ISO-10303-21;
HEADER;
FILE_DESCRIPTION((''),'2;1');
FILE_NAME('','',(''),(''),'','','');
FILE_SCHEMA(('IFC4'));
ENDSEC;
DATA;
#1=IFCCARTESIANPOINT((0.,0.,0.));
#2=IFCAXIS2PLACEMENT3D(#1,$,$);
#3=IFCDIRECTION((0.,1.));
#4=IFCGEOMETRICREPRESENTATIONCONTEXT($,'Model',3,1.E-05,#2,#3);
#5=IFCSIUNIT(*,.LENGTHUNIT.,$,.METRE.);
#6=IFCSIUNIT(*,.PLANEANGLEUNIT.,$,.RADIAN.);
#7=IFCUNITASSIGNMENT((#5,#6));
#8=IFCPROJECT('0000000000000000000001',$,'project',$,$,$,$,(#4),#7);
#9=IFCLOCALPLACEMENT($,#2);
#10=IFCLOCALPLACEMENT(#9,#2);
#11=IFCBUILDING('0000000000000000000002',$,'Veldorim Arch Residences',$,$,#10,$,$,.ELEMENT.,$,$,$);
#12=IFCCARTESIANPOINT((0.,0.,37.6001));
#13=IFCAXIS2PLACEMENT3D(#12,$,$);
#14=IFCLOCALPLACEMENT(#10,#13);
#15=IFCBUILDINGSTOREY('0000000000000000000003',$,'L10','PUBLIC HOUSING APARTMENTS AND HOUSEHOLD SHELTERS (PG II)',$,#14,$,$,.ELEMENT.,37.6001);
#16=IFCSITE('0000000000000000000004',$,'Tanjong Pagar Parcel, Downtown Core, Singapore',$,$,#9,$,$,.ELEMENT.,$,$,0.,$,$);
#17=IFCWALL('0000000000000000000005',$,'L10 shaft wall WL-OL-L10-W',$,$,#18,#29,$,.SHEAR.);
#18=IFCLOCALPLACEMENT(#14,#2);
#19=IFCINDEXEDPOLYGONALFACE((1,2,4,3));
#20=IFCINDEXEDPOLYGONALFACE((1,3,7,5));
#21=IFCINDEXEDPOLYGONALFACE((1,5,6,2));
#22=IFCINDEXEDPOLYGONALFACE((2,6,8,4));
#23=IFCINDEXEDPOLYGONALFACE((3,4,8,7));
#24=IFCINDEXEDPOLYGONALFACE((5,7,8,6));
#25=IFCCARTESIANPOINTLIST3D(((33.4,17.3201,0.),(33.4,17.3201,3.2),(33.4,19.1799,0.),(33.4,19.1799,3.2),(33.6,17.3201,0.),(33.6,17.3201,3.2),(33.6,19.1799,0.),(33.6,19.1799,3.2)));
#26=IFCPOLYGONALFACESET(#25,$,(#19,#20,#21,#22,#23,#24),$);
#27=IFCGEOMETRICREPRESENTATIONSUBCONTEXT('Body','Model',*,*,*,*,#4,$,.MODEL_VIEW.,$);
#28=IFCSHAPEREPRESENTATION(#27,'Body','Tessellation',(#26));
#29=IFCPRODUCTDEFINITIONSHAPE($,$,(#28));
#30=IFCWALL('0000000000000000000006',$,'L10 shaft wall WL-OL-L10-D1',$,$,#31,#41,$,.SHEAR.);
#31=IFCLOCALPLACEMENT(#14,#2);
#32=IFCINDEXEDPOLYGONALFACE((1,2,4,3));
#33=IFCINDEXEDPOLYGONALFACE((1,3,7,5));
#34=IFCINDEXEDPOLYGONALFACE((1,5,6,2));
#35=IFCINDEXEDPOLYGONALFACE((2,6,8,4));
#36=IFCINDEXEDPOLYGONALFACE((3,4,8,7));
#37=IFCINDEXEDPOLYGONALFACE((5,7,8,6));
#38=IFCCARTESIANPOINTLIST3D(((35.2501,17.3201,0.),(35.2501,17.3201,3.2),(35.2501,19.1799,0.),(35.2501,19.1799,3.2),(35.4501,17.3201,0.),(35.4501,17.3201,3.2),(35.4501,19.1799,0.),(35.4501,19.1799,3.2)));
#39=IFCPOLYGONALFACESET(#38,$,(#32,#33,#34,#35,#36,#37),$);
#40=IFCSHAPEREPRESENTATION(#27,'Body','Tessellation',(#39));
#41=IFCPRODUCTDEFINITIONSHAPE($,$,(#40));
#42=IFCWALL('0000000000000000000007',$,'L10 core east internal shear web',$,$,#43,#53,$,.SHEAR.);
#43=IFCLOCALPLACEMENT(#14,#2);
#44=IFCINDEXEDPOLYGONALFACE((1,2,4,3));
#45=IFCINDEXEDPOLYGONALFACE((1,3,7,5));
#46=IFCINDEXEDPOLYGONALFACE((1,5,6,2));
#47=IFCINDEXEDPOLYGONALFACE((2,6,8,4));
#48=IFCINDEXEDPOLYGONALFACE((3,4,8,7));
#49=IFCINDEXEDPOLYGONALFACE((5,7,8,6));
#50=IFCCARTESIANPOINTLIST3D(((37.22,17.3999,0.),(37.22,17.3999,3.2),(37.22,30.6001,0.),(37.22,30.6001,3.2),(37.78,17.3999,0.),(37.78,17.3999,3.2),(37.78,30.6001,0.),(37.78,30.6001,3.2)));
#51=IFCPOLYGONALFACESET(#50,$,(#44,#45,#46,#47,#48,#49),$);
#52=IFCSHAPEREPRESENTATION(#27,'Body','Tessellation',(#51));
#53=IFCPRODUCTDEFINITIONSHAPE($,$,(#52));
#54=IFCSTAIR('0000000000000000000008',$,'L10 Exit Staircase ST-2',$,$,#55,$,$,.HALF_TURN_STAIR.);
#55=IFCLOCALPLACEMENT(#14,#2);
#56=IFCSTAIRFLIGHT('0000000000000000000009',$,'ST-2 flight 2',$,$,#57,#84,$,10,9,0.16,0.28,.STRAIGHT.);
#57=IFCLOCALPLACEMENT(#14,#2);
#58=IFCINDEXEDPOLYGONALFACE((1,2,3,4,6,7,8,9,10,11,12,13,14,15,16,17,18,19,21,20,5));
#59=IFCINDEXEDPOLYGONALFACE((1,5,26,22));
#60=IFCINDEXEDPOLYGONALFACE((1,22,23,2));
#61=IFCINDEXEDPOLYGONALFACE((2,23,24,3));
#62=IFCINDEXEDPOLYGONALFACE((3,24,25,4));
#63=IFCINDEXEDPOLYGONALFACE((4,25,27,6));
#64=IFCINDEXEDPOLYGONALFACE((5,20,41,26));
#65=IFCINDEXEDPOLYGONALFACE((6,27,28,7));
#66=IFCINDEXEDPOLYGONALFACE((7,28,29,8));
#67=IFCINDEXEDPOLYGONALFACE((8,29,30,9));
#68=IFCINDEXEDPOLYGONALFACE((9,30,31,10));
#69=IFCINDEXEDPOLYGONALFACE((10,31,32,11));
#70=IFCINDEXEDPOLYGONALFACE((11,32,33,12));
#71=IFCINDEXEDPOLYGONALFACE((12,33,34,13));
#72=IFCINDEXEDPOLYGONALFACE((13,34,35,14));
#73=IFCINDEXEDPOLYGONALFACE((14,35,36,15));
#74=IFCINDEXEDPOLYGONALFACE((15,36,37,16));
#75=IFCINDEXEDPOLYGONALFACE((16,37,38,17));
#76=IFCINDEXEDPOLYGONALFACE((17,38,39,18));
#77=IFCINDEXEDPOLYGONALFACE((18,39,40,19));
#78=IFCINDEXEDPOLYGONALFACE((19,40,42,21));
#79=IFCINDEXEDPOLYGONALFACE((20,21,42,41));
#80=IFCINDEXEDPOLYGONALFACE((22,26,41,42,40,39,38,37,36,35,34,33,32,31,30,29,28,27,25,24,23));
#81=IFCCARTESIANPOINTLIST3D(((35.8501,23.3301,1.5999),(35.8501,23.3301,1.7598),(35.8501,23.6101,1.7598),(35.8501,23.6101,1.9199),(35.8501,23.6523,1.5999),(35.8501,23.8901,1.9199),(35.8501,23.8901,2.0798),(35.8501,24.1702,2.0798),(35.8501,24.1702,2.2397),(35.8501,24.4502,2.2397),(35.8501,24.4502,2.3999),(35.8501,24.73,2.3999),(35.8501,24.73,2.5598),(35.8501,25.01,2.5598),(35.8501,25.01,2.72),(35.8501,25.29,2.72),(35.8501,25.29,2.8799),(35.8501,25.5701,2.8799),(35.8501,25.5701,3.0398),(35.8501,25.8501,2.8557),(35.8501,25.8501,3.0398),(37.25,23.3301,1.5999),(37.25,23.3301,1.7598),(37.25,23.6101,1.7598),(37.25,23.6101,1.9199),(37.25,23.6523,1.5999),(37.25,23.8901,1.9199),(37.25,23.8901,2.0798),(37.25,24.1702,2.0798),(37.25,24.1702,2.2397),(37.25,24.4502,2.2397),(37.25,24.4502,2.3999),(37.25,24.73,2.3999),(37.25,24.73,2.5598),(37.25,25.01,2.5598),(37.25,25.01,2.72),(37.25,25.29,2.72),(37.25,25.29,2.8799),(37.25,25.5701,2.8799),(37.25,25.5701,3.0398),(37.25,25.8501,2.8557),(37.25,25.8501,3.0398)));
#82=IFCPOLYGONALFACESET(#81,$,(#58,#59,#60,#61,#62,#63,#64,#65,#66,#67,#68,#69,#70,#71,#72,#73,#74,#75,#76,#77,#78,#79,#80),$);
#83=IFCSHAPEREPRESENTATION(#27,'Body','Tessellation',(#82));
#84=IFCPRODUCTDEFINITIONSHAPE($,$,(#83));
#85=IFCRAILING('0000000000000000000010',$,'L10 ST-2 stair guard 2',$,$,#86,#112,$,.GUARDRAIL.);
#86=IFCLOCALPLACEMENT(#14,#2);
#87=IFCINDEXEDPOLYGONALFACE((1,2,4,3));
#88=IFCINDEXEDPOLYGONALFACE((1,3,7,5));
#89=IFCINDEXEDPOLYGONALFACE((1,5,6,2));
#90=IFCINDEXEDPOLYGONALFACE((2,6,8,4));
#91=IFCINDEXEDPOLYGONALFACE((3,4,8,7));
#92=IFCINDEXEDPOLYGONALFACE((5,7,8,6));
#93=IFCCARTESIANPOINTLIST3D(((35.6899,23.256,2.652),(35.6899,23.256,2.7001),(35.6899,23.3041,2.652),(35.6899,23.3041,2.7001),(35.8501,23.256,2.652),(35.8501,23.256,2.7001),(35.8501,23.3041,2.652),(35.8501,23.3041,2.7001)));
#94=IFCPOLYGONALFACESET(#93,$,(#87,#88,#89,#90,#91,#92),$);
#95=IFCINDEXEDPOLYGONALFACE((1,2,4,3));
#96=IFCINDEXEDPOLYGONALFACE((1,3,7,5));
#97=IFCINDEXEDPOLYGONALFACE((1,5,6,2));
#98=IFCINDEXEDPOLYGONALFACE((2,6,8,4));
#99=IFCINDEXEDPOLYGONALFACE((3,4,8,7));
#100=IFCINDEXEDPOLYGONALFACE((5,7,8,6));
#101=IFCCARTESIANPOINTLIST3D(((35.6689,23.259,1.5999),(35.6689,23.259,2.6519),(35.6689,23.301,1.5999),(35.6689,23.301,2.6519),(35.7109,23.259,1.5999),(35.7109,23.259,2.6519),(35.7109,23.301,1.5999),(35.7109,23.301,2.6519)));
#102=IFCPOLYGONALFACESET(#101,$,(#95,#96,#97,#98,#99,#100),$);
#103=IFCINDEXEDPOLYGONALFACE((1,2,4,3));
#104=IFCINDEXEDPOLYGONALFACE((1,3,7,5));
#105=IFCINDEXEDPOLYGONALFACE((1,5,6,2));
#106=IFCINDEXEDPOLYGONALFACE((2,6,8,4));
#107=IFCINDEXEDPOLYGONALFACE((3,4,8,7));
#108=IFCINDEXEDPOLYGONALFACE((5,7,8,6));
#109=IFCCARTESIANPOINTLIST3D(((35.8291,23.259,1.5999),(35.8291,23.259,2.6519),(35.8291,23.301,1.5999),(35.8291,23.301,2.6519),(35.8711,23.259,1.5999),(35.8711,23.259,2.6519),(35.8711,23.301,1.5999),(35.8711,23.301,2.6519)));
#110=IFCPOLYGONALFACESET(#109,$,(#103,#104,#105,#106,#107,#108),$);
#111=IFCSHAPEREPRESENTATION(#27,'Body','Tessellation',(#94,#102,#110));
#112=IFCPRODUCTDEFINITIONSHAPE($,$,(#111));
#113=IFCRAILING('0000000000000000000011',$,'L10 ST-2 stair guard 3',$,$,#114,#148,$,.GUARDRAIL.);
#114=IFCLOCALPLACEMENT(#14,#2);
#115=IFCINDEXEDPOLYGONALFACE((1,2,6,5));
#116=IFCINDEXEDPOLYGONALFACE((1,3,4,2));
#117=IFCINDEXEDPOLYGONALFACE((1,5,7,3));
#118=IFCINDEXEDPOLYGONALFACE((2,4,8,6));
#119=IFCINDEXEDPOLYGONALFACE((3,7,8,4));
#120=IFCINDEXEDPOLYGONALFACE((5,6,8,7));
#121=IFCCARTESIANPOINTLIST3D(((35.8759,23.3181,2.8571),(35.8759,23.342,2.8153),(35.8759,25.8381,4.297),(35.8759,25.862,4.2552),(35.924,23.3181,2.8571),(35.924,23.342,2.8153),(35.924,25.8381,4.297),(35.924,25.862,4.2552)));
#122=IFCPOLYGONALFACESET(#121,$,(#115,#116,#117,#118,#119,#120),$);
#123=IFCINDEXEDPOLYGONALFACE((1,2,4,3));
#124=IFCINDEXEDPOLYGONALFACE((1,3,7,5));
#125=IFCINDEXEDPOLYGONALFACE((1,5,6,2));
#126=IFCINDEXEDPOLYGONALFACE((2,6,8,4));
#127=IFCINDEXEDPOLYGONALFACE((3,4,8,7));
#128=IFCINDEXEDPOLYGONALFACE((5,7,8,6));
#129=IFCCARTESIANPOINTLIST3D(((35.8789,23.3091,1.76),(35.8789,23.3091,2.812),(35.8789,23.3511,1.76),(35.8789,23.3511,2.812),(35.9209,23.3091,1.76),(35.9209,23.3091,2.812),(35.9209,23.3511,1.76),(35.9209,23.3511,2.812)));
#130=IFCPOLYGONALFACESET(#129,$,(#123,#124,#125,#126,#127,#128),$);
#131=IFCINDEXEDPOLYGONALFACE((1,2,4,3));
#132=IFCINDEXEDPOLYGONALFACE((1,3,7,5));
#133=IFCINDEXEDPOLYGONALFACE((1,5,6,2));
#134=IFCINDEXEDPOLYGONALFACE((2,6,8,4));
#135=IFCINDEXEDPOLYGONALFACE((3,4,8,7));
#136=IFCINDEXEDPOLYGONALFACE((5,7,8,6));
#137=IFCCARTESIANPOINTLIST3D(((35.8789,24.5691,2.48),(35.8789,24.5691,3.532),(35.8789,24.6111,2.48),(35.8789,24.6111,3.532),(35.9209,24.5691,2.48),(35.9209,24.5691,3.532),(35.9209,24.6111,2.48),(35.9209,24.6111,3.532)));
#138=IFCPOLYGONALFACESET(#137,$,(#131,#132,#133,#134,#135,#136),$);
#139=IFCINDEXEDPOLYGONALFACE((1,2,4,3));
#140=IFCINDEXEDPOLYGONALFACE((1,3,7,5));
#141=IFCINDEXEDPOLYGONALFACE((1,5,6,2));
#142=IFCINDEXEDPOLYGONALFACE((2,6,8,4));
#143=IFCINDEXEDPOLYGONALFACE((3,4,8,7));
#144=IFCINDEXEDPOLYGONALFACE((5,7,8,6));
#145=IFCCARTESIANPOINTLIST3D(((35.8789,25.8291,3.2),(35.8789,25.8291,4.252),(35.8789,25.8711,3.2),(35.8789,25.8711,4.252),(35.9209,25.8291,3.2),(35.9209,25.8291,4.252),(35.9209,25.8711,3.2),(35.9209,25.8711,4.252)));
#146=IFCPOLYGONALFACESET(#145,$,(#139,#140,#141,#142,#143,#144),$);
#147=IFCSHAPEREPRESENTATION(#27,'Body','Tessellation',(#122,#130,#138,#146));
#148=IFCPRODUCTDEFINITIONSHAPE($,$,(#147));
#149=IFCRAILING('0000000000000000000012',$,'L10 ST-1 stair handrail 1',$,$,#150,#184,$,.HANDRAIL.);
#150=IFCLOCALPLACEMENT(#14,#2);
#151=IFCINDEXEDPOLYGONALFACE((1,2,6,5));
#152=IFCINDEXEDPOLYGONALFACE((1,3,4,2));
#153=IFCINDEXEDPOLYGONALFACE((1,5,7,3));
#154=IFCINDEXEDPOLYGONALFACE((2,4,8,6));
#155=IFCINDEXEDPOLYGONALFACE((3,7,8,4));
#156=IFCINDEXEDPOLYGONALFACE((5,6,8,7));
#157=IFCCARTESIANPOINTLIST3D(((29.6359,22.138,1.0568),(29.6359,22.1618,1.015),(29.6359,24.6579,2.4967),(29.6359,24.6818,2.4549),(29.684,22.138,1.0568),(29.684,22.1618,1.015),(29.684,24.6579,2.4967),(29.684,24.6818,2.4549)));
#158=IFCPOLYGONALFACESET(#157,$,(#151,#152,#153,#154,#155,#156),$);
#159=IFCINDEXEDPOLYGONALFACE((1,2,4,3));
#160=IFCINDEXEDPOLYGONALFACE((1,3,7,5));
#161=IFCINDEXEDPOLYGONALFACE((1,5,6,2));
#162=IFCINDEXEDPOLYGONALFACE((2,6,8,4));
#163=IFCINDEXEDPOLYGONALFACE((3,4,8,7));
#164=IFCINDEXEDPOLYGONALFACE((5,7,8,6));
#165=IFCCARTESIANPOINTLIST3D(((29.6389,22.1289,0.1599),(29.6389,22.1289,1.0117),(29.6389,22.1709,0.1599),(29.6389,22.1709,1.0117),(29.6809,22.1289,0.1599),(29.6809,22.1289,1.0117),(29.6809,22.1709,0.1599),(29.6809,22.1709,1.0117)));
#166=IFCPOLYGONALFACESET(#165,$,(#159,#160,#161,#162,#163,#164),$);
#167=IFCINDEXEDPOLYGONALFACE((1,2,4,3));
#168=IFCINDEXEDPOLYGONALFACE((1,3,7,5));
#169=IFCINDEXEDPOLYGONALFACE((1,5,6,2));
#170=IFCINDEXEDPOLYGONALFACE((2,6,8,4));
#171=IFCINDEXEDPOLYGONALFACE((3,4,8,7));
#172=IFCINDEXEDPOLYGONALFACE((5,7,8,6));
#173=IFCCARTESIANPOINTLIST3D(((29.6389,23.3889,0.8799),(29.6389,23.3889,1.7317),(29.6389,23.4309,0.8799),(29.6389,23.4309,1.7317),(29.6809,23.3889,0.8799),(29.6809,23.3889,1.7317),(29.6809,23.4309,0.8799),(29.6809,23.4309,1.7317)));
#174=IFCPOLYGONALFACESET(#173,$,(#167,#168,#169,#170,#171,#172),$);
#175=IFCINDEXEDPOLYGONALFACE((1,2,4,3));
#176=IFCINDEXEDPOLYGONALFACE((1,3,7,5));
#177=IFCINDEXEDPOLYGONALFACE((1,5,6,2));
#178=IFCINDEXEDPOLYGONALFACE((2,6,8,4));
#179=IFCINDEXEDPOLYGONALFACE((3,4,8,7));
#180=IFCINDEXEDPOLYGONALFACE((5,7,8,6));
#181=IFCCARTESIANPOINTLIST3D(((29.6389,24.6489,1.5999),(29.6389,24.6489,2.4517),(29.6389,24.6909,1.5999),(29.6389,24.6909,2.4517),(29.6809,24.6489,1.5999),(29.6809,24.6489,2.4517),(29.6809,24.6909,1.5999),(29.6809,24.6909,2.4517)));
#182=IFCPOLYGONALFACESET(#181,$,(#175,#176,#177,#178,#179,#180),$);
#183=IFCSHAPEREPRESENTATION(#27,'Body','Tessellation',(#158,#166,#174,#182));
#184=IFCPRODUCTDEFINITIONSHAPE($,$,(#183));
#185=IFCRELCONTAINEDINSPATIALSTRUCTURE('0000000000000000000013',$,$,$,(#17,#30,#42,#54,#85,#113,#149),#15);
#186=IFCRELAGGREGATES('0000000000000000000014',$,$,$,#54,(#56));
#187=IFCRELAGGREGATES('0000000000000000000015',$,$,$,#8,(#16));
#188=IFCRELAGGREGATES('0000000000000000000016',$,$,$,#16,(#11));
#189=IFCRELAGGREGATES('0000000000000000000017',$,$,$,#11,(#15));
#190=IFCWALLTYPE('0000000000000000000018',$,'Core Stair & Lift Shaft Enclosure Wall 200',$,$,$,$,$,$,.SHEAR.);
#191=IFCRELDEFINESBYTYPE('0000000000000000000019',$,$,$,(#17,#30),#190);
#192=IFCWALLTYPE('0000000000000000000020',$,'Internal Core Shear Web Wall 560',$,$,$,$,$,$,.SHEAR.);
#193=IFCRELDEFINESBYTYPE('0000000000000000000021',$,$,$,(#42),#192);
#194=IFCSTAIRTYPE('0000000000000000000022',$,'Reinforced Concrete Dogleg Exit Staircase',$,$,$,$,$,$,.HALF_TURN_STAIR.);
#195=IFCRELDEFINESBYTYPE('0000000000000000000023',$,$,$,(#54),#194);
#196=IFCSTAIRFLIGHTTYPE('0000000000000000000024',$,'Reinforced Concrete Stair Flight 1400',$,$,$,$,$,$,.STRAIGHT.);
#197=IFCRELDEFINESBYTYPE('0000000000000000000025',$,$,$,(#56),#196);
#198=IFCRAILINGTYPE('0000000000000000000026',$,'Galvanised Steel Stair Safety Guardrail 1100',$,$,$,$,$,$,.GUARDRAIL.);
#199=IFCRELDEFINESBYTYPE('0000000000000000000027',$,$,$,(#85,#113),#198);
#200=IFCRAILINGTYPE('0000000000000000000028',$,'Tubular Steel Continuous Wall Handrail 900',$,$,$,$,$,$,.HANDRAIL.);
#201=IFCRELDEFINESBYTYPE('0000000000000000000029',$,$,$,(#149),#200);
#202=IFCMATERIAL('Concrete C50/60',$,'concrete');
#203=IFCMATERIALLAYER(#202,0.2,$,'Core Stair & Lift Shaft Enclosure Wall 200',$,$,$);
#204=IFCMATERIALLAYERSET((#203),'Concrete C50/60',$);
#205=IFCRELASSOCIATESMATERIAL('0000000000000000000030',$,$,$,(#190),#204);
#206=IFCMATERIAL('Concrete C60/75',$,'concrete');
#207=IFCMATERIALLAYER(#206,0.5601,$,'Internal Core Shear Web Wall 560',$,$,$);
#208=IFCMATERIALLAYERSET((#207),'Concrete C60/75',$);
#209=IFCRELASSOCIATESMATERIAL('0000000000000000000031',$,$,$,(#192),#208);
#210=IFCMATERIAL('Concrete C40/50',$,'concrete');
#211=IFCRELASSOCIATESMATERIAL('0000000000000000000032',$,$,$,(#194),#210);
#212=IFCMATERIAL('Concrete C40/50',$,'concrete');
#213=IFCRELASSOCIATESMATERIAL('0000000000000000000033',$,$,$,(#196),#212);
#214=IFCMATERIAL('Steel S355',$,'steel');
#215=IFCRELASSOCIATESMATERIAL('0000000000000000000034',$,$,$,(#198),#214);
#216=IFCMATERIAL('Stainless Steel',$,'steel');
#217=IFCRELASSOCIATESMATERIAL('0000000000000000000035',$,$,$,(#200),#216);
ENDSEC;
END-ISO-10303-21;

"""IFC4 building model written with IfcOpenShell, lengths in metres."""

from ifc_helpers import new_model, si_unit, direction, frame, frame_2d, origin, origin_2d, place, context, subcontext, project, spatial, polyline, rectangle, outline, extrude, material, layer, layer_set, type_object, element, aggregate, save


model = new_model("IFC4")

# Units and contexts
model_context = context("Model", 3, precision=1e-05, world=origin(), true_north=direction((0.0, 1.0)))
body_context = subcontext(model_context, "Body", "Model", "MODEL_VIEW")
ifc_project = project(units=[si_unit("LENGTHUNIT", "METRE"), si_unit("PLANEANGLEUNIT", "RADIAN")], contexts=[model_context])

# Site, building, storey
site_placement = place(None, origin())
site = spatial("IfcSite", under=ifc_project, at=site_placement, Name="Tanjong Pagar Parcel, Downtown Core, Singapore", CompositionType="ELEMENT", RefElevation=0.0)
building_placement = place(site_placement, origin())
building = spatial("IfcBuilding", under=site, at=building_placement, Name="Veldorim Arch Residences", CompositionType="ELEMENT")
storey_placement = place(building_placement, frame((0.0, 0.0, 37.6001)))
storey = spatial("IfcBuildingStorey", under=building, at=storey_placement, Name="L10", Description="PUBLIC HOUSING APARTMENTS AND HOUSEHOLD SHELTERS (PG II)", CompositionType="ELEMENT", Elevation=37.6001)

# Shared definitions
ifc_material_1 = material(Name="Concrete C50/60", Category="concrete")
ifc_layer_1 = layer(ifc_material_1, 0.2, Name="Core Stair & Lift Shaft Enclosure Wall 200")
ifc_layer_set_1 = layer_set([ifc_layer_1], Name="Concrete C50/60")
wall_type_1 = type_object("IfcWallType", Name="Core Stair & Lift Shaft Enclosure Wall 200", PredefinedType="SHEAR", material=ifc_layer_set_1)

# Walls
for number, where, z_axis, x_axis, name in (
    (1, (33.5, 17.3201, 0.0), (0.0, 0.0, 1.0), (0.0, 1.0, 0.0), "L10 shaft wall WL-OL-L10-W"),
    (2, (35.3501, 17.3201, 0.0), (0.0, 0.0, 1.0), (0.0, 1.0, 0.0), "L10 shaft wall WL-OL-L10-D1"),
):
    element("IfcWall", number, at=place(storey_placement, frame(where, z_axis=z_axis, x_axis=x_axis)), inside=storey, type_object=wall_type_1, Name=name, PredefinedType="SHEAR", context=body_context, shape_type="SweptSolid", body=[
        extrude(rectangle(XDim=1.8599, YDim=0.2, at=frame_2d((0.9299, 0.0))), origin(), (0.0, 0.0, 1.0), 3.2),
    ])
ifc_material_2 = material(Name="Concrete C60/75", Category="concrete")
ifc_layer_2 = layer(ifc_material_2, 0.5601, Name="Internal Core Shear Web Wall 560")
ifc_layer_set_2 = layer_set([ifc_layer_2], Name="Concrete C60/75")
wall_type_2 = type_object("IfcWallType", Name="Internal Core Shear Web Wall 560", PredefinedType="SHEAR", material=ifc_layer_set_2)
wall_1_placement = place(storey_placement, frame((37.5, 17.3999, 0.0), z_axis=(0.0, 0.0, 1.0), x_axis=(0.0, 1.0, 0.0)))
element("IfcWall", 3, at=wall_1_placement, inside=storey, type_object=wall_type_2, Name="L10 core east internal shear web", PredefinedType="SHEAR", context=body_context, shape_type="SweptSolid", body=[
    extrude(rectangle(XDim=13.2002, YDim=0.5601, at=frame_2d((6.6001, 0.0))), origin(), (0.0, 0.0, 1.0), 3.2),
])

# Stair, stair flight
ifc_material_3 = material(Name="Concrete C40/50", Category="concrete")
stair_type = type_object("IfcStairType", Name="Reinforced Concrete Dogleg Exit Staircase", PredefinedType="HALF_TURN_STAIR", material=ifc_material_3)
stair_placement = place(storey_placement, origin())
stair = element("IfcStair", 4, at=stair_placement, inside=storey, type_object=stair_type, Name="L10 Exit Staircase ST-2", PredefinedType="HALF_TURN_STAIR")
ifc_material_4 = material(Name="Concrete C40/50", Category="concrete")
stair_flight_type = type_object("IfcStairFlightType", Name="Reinforced Concrete Stair Flight 1400", PredefinedType="STRAIGHT", material=ifc_material_4)
stair_flight_placement = place(storey_placement, frame((36.55, 23.3301, 1.5999), z_axis=(0.0, 0.0, 1.0), x_axis=(0.0, 1.0, 0.0)))
stair_flight = element("IfcStairFlight", 5, at=stair_flight_placement, type_object=stair_flight_type, Name="ST-2 flight 2", NumberOfRisers=10, NumberOfTreads=9, PredefinedType="STRAIGHT", RiserHeight=0.16, TreadLength=0.28, context=body_context, shape_type="SweptSolid", body=[
    extrude(outline(polyline([(0.0, 0.0), (0.0, 0.1599), (0.28, 0.1599), (0.28, 0.3201), (0.5601, 0.3201), (0.5601, 0.48), (0.8401, 0.48), (0.8401, 0.6399), (1.1201, 0.6399), (1.1201, 0.8), (1.3999, 0.8), (1.3999, 0.96), (1.6799, 0.96), (1.6799, 1.1201), (1.96, 1.1201), (1.96, 1.28), (2.24, 1.28), (2.24, 1.4399), (2.52, 1.4399), (2.52, 1.6001), (2.52, 1.2559), (0.3223, 0.0), (0.0, 0.0)])), frame((0.0, 0.7, 0.0), z_axis=(0.0, -1.0, 0.0), x_axis=(1.0, 0.0, 0.0)), (0.0, 0.0, 1.0), 1.3999),
])
aggregate(stair, [stair_flight])

# Railings
ifc_material_5 = material(Name="Steel S355", Category="steel")
railing_type_1 = type_object("IfcRailingType", Name="Galvanised Steel Stair Safety Guardrail 1100", PredefinedType="GUARDRAIL", material=ifc_material_5)
railing_1_placement = place(storey_placement, frame((35.6899, 23.28, 1.5999)))
element("IfcRailing", 6, at=railing_1_placement, inside=storey, type_object=railing_type_1, Name="L10 ST-2 stair guard 2", PredefinedType="GUARDRAIL", context=body_context, shape_type="SweptSolid", body=[
    extrude(rectangle(XDim=0.0481, YDim=0.0481, at=origin_2d()), frame((0.0, 0.0, 1.0762), z_axis=(1.0, 0.0, 0.0), x_axis=(0.0, 1.0, 0.0)), (0.0, 0.0, 1.0), 0.1602),
    extrude(rectangle(XDim=0.042, YDim=0.042, at=origin_2d()), origin(), (0.0, 0.0, 1.0), 1.052),
    extrude(rectangle(XDim=0.042, YDim=0.042, at=origin_2d()), frame((0.1602, 0.0, 0.0)), (0.0, 0.0, 1.0), 1.052),
])
railing_2_placement = place(storey_placement, frame((35.8999, 23.3301, 1.76)))
element("IfcRailing", 7, at=railing_2_placement, inside=storey, type_object=railing_type_1, Name="L10 ST-2 stair guard 3", PredefinedType="GUARDRAIL", context=body_context, shape_type="SweptSolid", body=[
    extrude(rectangle(XDim=0.0481, YDim=0.0481, at=origin_2d()), frame((0.0, 0.0, 1.0762), z_axis=(0.0, 0.868253, 0.496121), x_axis=(-1.0, 0.0, 0.0)), (0.0, 0.0, 1.0), 2.9023),
    extrude(rectangle(XDim=0.042, YDim=0.042, at=origin_2d()), origin(), (0.0, 0.0, 1.0), 1.052),
    extrude(rectangle(XDim=0.042, YDim=0.042, at=origin_2d()), frame((0.0, 1.26, 0.72)), (0.0, 0.0, 1.0), 1.052),
    extrude(rectangle(XDim=0.042, YDim=0.042, at=origin_2d()), frame((0.0, 2.52, 1.4399)), (0.0, 0.0, 1.0), 1.052),
])
ifc_material_6 = material(Name="Stainless Steel", Category="steel")
railing_type_2 = type_object("IfcRailingType", Name="Tubular Steel Continuous Wall Handrail 900", PredefinedType="HANDRAIL", material=ifc_material_6)
railing_3_placement = place(storey_placement, frame((29.6599, 22.1499, 0.1599)))
element("IfcRailing", 8, at=railing_3_placement, inside=storey, type_object=railing_type_2, Name="L10 ST-1 stair handrail 1", PredefinedType="HANDRAIL", context=body_context, shape_type="SweptSolid", body=[
    extrude(rectangle(XDim=0.0481, YDim=0.0481, at=origin_2d()), frame((0.0, 0.0, 0.876), z_axis=(0.0, 0.868253, 0.496121), x_axis=(-1.0, 0.0, 0.0)), (0.0, 0.0, 1.0), 2.9023),
    extrude(rectangle(XDim=0.042, YDim=0.042, at=origin_2d()), origin(), (0.0, 0.0, 1.0), 0.8518),
    extrude(rectangle(XDim=0.042, YDim=0.042, at=origin_2d()), frame((0.0, 1.26, 0.72)), (0.0, 0.0, 1.0), 0.8518),
    extrude(rectangle(XDim=0.042, YDim=0.042, at=origin_2d()), frame((0.0, 2.52, 1.4399)), (0.0, 0.0, 1.0), 0.8518),
])

save(model, "model.ifc")
